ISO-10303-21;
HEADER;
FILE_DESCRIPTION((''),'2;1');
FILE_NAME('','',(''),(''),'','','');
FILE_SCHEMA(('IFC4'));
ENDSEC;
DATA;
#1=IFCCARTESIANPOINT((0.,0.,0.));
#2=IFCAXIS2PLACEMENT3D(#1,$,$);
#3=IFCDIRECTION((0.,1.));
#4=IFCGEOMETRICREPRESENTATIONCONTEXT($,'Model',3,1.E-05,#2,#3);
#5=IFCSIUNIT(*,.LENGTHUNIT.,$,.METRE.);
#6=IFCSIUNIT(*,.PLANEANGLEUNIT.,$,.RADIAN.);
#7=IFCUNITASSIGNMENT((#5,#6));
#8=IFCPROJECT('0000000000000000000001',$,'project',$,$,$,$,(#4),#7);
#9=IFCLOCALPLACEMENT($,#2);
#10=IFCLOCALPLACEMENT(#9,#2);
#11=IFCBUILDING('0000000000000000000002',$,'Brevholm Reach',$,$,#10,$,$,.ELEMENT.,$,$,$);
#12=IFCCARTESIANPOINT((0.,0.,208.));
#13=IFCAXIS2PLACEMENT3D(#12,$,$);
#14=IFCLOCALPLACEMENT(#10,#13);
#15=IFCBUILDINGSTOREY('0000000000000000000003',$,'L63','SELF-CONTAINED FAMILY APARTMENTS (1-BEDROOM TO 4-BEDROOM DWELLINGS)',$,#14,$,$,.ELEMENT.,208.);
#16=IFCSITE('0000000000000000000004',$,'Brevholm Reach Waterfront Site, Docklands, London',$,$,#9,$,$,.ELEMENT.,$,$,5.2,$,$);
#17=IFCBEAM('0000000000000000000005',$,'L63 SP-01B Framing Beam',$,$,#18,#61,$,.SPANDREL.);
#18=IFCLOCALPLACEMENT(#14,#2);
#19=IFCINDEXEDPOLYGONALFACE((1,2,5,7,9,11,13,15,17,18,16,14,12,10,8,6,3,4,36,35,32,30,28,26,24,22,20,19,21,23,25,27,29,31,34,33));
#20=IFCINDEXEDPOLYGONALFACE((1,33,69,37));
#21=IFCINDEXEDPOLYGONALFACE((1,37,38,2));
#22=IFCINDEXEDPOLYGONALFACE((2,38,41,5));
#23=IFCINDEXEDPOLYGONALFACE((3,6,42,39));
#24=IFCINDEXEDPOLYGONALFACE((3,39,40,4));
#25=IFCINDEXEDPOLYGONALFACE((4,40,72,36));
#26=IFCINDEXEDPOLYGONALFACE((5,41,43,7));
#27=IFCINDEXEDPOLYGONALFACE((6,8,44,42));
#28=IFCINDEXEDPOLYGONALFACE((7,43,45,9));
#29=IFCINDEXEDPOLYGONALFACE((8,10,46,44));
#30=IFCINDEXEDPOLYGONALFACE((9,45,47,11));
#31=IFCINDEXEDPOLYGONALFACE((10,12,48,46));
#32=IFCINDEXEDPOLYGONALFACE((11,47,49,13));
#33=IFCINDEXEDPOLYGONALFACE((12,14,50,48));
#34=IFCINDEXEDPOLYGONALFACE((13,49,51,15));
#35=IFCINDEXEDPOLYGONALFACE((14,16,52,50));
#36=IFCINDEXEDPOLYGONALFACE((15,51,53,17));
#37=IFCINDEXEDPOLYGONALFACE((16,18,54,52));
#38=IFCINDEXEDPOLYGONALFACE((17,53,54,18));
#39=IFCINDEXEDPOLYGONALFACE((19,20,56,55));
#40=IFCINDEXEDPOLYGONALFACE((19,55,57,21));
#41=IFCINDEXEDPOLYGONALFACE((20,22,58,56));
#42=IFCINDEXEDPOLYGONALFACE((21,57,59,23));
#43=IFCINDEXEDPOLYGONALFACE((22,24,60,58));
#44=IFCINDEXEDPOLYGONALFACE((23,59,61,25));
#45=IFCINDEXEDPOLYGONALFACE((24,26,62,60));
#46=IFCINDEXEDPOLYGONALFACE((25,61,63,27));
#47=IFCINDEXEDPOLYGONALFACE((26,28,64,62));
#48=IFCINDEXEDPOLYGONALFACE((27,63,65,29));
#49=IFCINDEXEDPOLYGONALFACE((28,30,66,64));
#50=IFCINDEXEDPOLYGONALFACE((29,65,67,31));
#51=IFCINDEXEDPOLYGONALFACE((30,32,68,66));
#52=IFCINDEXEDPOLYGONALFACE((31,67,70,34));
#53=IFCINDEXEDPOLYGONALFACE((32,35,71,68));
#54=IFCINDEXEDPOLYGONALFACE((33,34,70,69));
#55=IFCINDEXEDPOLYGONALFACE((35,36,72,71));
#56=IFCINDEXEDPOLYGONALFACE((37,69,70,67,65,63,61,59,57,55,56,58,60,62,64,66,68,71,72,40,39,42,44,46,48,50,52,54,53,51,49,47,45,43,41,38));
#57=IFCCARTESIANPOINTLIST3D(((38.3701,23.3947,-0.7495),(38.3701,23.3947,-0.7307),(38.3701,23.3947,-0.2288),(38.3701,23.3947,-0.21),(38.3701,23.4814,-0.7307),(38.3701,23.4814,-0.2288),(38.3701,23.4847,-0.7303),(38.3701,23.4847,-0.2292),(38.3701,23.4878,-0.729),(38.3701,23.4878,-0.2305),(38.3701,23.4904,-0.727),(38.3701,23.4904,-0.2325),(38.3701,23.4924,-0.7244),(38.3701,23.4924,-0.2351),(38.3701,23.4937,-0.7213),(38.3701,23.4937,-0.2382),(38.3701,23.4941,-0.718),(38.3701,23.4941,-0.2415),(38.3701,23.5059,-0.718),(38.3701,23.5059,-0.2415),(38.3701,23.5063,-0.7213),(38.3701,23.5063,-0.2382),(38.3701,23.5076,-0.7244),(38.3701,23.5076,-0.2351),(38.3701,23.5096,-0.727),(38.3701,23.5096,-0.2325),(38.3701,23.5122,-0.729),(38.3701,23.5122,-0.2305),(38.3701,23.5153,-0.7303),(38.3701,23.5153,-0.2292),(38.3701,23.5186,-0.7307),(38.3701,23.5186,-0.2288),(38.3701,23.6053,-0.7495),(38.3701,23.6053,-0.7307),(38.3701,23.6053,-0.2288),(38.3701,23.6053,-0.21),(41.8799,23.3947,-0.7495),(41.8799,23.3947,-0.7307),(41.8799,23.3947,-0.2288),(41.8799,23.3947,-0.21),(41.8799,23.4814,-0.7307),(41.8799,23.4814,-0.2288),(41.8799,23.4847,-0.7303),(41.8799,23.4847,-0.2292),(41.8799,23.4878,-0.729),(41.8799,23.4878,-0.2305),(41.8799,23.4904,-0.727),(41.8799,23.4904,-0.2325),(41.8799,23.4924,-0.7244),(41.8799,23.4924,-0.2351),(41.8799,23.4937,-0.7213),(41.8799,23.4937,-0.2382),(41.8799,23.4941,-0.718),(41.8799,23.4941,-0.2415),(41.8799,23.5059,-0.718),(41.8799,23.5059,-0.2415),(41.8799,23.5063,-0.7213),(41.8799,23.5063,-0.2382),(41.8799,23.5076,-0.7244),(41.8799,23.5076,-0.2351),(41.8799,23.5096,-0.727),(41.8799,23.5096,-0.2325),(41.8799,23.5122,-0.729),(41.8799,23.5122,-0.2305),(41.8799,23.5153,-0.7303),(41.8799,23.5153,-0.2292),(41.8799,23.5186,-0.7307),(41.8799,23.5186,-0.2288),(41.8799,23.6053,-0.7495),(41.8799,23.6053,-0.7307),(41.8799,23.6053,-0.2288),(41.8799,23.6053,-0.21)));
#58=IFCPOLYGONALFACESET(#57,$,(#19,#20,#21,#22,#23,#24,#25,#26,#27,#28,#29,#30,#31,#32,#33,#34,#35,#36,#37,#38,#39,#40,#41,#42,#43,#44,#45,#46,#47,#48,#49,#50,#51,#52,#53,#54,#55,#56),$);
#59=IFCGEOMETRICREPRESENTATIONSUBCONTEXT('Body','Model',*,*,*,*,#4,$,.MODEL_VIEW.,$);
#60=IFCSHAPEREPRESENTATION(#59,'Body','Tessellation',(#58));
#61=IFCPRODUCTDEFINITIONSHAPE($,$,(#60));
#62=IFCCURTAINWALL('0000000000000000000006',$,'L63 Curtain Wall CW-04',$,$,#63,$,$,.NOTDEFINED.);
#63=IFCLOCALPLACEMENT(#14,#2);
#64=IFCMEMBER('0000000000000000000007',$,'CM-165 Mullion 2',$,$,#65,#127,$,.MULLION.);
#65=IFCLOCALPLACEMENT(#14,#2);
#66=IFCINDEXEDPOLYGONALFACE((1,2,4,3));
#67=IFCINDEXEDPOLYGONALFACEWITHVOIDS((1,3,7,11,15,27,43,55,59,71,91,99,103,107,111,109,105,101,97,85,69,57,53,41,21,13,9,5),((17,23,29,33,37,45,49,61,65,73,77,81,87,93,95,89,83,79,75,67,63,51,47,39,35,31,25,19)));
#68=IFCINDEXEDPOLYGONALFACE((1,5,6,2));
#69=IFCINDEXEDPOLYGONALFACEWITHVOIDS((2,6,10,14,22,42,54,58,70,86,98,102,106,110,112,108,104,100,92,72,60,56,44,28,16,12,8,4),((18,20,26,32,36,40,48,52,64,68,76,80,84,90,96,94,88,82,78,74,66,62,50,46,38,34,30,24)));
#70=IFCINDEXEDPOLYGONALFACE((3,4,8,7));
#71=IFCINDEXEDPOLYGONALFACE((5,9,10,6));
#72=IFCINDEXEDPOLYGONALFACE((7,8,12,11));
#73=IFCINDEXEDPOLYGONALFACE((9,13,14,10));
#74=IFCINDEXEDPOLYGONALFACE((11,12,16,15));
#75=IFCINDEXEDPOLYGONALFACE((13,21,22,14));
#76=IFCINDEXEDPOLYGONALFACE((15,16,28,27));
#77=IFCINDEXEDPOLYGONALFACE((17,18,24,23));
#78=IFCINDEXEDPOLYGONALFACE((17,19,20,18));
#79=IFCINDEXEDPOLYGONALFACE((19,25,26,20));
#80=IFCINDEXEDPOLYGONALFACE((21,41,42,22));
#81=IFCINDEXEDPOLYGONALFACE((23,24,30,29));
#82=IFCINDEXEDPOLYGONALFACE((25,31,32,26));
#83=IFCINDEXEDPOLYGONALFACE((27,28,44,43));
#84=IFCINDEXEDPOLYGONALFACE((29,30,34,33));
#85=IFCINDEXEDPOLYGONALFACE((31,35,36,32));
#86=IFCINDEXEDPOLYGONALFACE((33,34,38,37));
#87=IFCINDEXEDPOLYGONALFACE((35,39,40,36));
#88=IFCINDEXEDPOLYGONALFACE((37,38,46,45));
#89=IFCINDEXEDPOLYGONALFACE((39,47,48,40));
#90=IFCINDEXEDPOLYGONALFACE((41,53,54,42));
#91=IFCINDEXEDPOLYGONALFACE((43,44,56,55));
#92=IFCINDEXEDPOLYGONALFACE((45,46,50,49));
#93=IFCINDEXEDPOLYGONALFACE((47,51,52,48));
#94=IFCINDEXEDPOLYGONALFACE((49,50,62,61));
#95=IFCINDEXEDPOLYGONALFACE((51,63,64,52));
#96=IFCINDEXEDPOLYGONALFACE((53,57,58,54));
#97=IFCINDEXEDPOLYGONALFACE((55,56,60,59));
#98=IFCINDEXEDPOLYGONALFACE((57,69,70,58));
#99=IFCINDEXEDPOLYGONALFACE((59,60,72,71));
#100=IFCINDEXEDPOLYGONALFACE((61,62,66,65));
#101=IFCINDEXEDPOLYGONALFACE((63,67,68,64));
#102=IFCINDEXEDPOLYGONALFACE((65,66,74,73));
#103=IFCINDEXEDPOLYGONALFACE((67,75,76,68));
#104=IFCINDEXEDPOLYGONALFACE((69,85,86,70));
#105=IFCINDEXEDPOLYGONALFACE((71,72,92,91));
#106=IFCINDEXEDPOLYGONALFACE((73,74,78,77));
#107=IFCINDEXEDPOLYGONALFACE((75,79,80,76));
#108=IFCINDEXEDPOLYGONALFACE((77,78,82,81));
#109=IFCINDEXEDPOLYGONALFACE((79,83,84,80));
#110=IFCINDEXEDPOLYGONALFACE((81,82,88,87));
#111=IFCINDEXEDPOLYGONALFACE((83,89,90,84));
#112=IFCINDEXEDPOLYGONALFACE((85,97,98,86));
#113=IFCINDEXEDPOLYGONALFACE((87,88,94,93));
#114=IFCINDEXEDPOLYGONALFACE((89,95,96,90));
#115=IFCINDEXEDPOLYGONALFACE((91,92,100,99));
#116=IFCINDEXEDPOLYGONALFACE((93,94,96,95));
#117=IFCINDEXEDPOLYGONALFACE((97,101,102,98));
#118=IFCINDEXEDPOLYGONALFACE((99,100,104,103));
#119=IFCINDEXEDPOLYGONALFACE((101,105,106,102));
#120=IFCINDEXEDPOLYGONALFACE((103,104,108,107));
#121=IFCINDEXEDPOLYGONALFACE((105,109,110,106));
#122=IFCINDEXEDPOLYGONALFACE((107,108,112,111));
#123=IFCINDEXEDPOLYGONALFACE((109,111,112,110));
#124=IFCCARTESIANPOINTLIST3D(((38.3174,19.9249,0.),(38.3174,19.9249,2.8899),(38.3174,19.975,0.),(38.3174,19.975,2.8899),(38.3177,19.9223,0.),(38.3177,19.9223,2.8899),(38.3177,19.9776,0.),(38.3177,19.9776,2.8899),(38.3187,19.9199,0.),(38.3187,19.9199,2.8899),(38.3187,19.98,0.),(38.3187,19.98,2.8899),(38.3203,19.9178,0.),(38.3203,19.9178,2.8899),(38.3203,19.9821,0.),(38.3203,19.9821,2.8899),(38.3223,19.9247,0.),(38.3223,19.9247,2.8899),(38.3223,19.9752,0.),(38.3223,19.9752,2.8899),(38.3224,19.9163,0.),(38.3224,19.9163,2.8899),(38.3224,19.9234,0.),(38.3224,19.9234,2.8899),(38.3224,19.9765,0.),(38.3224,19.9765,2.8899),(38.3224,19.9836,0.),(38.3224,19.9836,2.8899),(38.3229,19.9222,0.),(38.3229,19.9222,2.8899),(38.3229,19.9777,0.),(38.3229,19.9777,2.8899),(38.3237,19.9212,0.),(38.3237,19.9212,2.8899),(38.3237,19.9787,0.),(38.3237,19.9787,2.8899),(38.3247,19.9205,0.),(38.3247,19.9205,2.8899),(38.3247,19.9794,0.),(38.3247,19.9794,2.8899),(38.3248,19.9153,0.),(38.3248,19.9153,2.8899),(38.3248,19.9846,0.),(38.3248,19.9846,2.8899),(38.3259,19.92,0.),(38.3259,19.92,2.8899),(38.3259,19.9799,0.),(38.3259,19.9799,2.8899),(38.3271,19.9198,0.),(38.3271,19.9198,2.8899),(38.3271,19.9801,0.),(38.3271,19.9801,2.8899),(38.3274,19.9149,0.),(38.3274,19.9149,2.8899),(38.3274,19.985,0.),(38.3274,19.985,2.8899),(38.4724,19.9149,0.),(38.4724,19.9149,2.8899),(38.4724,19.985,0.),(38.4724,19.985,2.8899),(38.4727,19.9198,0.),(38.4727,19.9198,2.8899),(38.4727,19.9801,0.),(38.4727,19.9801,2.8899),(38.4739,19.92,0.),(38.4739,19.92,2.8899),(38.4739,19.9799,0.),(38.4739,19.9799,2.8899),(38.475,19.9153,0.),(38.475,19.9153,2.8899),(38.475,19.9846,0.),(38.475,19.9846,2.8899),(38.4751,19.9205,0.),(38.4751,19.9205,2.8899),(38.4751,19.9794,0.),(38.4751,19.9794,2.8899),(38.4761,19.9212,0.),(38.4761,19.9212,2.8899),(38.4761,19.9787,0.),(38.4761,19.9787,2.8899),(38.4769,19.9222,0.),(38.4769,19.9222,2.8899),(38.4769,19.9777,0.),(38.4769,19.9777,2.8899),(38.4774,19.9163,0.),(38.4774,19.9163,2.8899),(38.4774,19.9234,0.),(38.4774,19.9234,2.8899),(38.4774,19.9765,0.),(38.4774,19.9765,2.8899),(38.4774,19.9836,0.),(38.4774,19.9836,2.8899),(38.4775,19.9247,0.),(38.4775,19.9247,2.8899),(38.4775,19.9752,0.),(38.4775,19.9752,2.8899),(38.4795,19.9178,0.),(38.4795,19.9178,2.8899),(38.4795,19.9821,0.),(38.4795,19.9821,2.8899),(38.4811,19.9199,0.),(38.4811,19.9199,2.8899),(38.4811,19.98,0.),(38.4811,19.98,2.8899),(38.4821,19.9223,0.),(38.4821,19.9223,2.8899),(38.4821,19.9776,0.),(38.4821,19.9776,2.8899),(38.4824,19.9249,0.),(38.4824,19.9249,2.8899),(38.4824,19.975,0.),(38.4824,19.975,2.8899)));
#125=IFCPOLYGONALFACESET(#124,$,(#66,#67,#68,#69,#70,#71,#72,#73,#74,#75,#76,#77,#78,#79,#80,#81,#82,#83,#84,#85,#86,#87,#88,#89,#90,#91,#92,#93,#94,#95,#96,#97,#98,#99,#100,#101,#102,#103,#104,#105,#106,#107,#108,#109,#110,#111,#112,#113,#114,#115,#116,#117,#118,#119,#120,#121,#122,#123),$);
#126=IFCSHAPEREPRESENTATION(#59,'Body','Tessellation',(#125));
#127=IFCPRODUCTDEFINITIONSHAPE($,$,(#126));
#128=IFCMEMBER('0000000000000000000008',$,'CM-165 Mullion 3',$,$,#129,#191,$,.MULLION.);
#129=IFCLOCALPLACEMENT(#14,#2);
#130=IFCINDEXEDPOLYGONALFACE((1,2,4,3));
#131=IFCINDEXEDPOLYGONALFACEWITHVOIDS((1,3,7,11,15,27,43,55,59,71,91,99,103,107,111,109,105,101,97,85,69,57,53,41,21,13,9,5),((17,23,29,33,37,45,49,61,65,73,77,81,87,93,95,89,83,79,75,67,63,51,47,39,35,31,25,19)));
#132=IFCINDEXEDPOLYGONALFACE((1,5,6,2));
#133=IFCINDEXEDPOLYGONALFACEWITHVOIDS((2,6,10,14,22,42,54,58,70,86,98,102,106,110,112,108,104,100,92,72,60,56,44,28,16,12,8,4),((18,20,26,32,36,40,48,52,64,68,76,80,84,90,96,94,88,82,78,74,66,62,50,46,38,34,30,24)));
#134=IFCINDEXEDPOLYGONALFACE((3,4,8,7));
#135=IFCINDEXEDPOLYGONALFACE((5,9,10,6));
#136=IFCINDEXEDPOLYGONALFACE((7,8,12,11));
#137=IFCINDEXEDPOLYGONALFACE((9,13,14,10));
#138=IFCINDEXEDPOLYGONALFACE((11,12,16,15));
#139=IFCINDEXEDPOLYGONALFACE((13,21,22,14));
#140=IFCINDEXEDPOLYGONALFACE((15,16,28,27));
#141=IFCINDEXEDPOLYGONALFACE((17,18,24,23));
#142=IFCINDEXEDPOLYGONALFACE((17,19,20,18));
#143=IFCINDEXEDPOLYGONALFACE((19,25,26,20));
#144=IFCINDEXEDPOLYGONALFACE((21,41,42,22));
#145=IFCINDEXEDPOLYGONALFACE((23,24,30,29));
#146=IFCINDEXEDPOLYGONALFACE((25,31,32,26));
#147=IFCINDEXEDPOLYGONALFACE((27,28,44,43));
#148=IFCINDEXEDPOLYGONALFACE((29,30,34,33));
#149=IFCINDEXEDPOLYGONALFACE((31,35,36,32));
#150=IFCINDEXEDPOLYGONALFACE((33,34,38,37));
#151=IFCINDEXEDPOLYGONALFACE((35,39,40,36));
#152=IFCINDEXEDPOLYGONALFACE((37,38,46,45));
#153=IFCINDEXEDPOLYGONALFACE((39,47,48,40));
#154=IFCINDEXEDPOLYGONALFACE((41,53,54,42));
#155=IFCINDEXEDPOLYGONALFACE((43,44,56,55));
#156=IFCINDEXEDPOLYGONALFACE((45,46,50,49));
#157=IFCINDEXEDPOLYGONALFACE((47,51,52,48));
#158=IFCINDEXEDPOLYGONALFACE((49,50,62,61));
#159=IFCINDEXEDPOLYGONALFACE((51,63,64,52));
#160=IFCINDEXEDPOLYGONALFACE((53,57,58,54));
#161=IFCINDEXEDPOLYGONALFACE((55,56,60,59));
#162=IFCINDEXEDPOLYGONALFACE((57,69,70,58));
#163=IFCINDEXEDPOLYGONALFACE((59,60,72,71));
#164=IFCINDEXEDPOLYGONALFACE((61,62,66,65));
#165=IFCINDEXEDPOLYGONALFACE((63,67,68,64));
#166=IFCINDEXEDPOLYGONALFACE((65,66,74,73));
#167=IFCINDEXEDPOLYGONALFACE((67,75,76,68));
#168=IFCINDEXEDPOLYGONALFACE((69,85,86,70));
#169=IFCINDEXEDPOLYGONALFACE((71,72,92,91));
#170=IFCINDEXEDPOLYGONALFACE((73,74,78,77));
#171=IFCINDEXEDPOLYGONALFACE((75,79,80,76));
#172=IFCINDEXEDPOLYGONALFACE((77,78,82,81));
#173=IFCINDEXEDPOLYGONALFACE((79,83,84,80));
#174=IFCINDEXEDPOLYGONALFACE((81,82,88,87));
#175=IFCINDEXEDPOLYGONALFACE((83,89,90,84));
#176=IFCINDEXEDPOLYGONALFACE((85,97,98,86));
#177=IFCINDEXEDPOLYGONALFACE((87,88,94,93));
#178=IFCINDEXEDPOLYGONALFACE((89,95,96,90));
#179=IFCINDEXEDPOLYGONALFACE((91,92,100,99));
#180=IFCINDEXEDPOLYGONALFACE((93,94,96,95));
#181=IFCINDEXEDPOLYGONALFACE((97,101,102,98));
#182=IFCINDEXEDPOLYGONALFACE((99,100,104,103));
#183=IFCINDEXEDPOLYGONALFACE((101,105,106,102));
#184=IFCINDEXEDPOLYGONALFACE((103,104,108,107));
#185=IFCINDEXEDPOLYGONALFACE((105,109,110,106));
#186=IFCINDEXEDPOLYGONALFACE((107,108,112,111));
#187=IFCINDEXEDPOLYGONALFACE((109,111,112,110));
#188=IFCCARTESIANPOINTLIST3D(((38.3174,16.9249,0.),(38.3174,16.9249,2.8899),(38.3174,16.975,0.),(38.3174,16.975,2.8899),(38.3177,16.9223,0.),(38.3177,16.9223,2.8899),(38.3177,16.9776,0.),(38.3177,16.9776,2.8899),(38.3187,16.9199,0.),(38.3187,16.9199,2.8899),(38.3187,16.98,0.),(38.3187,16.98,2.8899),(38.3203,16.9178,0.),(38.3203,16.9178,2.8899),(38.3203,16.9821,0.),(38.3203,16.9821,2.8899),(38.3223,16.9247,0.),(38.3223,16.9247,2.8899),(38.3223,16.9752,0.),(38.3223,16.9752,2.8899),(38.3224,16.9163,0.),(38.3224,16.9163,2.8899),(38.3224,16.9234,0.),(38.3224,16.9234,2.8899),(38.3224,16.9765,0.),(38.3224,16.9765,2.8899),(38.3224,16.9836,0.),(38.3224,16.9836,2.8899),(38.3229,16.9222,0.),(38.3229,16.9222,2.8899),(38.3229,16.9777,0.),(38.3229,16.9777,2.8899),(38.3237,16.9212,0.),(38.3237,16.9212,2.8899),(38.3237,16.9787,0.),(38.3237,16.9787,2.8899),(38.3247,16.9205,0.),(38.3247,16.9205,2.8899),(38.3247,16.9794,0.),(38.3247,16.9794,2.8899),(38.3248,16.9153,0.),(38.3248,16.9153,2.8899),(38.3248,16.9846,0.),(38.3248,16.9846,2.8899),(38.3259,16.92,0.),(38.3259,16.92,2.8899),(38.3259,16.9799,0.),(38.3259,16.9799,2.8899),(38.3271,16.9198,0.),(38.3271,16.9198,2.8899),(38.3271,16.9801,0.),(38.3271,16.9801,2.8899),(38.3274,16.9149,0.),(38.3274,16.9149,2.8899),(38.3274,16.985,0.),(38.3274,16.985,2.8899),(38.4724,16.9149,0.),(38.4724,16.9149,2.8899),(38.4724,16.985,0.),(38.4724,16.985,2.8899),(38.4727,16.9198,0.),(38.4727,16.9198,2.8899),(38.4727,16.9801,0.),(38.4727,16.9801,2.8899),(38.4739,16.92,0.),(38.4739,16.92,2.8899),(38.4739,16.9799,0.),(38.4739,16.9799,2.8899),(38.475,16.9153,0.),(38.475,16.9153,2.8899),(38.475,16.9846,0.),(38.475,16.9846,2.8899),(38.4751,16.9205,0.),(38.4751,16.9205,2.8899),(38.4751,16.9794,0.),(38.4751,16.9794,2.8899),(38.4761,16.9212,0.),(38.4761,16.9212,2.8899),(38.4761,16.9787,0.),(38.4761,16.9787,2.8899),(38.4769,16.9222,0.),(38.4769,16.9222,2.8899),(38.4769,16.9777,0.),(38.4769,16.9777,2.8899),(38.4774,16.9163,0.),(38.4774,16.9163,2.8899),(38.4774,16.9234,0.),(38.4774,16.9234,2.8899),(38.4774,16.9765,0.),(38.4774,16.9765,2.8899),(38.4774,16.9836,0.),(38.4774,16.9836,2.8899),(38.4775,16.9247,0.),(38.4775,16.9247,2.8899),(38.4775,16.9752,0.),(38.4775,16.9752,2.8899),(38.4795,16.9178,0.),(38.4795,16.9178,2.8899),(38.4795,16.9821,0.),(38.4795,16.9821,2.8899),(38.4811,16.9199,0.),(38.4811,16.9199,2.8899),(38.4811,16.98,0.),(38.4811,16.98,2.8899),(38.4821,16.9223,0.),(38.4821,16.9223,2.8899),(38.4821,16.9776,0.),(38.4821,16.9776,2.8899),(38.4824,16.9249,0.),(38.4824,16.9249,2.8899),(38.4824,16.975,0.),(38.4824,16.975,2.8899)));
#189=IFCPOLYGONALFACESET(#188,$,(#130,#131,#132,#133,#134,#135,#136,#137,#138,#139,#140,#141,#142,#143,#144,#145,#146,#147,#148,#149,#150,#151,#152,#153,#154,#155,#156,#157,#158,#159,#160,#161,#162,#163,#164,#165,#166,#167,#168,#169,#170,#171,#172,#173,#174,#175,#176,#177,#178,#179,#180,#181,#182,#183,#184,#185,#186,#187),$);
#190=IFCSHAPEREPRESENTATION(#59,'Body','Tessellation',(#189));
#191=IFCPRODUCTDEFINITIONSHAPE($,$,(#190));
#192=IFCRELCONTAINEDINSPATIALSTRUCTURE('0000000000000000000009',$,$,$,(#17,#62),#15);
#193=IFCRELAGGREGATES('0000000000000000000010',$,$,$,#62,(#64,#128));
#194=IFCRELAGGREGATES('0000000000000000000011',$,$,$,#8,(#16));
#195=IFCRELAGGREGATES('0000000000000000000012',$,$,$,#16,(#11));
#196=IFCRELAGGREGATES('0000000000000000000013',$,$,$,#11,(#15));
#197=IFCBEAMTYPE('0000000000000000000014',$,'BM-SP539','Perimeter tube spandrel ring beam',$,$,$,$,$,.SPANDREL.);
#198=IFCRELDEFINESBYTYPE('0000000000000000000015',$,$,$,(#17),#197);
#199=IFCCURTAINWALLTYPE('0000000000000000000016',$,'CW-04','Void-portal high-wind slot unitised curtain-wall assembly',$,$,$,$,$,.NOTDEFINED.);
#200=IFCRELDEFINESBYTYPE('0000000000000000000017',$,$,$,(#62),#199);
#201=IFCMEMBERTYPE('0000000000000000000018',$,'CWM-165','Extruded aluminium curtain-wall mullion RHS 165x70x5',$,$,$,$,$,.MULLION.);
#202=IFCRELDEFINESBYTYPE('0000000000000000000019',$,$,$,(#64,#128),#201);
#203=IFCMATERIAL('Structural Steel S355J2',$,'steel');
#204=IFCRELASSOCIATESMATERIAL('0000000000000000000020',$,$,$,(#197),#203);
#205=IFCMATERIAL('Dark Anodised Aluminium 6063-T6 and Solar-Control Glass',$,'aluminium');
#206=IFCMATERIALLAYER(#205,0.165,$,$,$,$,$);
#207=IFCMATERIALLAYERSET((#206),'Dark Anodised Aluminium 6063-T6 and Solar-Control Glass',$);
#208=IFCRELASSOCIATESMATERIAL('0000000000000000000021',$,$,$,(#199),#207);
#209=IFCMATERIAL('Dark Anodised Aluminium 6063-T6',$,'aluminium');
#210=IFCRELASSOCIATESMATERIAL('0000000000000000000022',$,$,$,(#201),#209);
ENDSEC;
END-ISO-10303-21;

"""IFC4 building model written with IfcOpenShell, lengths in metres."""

from ifc_helpers import new_model, si_unit, direction, frame, origin, origin_2d, place, context, subcontext, project, spatial, hollow_rectangle, i_section, extrude, material, layer, layer_set, material_profile, profile_set, type_object, element, aggregate, save


model = new_model("IFC4")

# Units and contexts
model_context = context("Model", 3, precision=1e-05, world=origin(), true_north=direction((0.0, 1.0)))
body_context = subcontext(model_context, "Body", "Model", "MODEL_VIEW")
ifc_project = project(units=[si_unit("LENGTHUNIT", "METRE"), si_unit("PLANEANGLEUNIT", "RADIAN")], contexts=[model_context])

# Site, building, storey
site_placement = place(None, origin())
site = spatial("IfcSite", under=ifc_project, at=site_placement, Name="Brevholm Reach Waterfront Site, Docklands, London", CompositionType="ELEMENT", RefElevation=5.2)
building_placement = place(site_placement, origin())
building = spatial("IfcBuilding", under=site, at=building_placement, Name="Brevholm Reach", CompositionType="ELEMENT")
storey_placement = place(building_placement, frame((0.0, 0.0, 208.0)))
storey = spatial("IfcBuildingStorey", under=building, at=storey_placement, Name="L63", Description="SELF-CONTAINED FAMILY APARTMENTS (1-BEDROOM TO 4-BEDROOM DWELLINGS)", CompositionType="ELEMENT", Elevation=208.0)

# Beam
ifc_material_1 = material(Name="Structural Steel S355J2", Category="steel")
ifc_material_profile_1 = material_profile(ifc_material_1, i_section(OverallWidth=0.2107, OverallDepth=0.5396, WebThickness=0.0117, FlangeThickness=0.0188, FilletRadius=0.0127, at=origin_2d()), Name="UKB 533x210x109")
ifc_profile_set_1 = profile_set([ifc_material_profile_1], Name="Structural Steel S355J2")
beam_type_1 = type_object("IfcBeamType", Name="BM-SP539", Description="Perimeter tube spandrel ring beam", PredefinedType="SPANDREL", material=ifc_profile_set_1)
for number, where, z_axis, x_axis, name in (
    (1, (38.3701, 23.5, -0.4797), (1.0, 0.0, 0.0), (0.0, 1.0, 0.0), "L63 SP-01B Framing Beam"),
):
    element("IfcBeam", number, at=place(storey_placement, frame(where, z_axis=z_axis, x_axis=x_axis)), inside=storey, type_object=beam_type_1, Name=name, PredefinedType="SPANDREL", context=body_context, shape_type="SweptSolid", body=[
        extrude(i_section(OverallWidth=0.2107, OverallDepth=0.5396, WebThickness=0.0117, FlangeThickness=0.0188, FilletRadius=0.0127, at=origin_2d()), origin(), (0.0, 0.0, 1.0), 3.5098),
    ])

# Curtain wall, members
ifc_material_2 = material(Name="Dark Anodised Aluminium 6063-T6 and Solar-Control Glass", Category="aluminium")
ifc_layer_1 = layer(ifc_material_2, 0.165)
ifc_layer_set_1 = layer_set([ifc_layer_1], Name="Dark Anodised Aluminium 6063-T6 and Solar-Control Glass")
curtain_wall_type = type_object("IfcCurtainWallType", Name="CW-04", Description="Void-portal high-wind slot unitised curtain-wall assembly", PredefinedType="NOTDEFINED", material=ifc_layer_set_1)
curtain_wall_placement = place(storey_placement, origin())
curtain_wall = element("IfcCurtainWall", 2, at=curtain_wall_placement, inside=storey, type_object=curtain_wall_type, Name="L63 Curtain Wall CW-04", PredefinedType="NOTDEFINED")
ifc_material_3 = material(Name="Dark Anodised Aluminium 6063-T6", Category="aluminium")
ifc_material_profile_2 = material_profile(ifc_material_3, hollow_rectangle(XDim=0.0701, YDim=0.165, WallThickness=0.0049, InnerFilletRadius=0.0049, OuterFilletRadius=0.01, at=origin_2d()), Name="RHS 165x70x5")
ifc_profile_set_2 = profile_set([ifc_material_profile_2], Name="Dark Anodised Aluminium 6063-T6")
member_type_1 = type_object("IfcMemberType", Name="CWM-165", Description="Extruded aluminium curtain-wall mullion RHS 165x70x5", PredefinedType="MULLION", material=ifc_profile_set_2)
member_1_placement = place(storey_placement, frame((38.3999, 19.95, 0.0), z_axis=(0.0, 0.0, 1.0), x_axis=(0.0, -1.0, 0.0)))
member_1 = element("IfcMember", 3, at=member_1_placement, type_object=member_type_1, Name="CM-165 Mullion 2", PredefinedType="MULLION", context=body_context, shape_type="SweptSolid", body=[
    extrude(hollow_rectangle(XDim=0.0701, YDim=0.165, WallThickness=0.0049, InnerFilletRadius=0.0049, OuterFilletRadius=0.01, at=origin_2d()), origin(), (0.0, 0.0, 1.0), 2.8899),
])
member_2_placement = place(storey_placement, frame((38.3999, 16.95, 0.0), z_axis=(0.0, 0.0, 1.0), x_axis=(0.0, -1.0, 0.0)))
member_2 = element("IfcMember", 4, at=member_2_placement, type_object=member_type_1, Name="CM-165 Mullion 3", PredefinedType="MULLION", context=body_context, shape_type="SweptSolid", body=[
    extrude(hollow_rectangle(XDim=0.0701, YDim=0.165, WallThickness=0.0049, InnerFilletRadius=0.0049, OuterFilletRadius=0.01, at=origin_2d()), origin(), (0.0, 0.0, 1.0), 2.8899),
])
aggregate(curtain_wall, [member_1, member_2])

save(model, "model.ifc")
